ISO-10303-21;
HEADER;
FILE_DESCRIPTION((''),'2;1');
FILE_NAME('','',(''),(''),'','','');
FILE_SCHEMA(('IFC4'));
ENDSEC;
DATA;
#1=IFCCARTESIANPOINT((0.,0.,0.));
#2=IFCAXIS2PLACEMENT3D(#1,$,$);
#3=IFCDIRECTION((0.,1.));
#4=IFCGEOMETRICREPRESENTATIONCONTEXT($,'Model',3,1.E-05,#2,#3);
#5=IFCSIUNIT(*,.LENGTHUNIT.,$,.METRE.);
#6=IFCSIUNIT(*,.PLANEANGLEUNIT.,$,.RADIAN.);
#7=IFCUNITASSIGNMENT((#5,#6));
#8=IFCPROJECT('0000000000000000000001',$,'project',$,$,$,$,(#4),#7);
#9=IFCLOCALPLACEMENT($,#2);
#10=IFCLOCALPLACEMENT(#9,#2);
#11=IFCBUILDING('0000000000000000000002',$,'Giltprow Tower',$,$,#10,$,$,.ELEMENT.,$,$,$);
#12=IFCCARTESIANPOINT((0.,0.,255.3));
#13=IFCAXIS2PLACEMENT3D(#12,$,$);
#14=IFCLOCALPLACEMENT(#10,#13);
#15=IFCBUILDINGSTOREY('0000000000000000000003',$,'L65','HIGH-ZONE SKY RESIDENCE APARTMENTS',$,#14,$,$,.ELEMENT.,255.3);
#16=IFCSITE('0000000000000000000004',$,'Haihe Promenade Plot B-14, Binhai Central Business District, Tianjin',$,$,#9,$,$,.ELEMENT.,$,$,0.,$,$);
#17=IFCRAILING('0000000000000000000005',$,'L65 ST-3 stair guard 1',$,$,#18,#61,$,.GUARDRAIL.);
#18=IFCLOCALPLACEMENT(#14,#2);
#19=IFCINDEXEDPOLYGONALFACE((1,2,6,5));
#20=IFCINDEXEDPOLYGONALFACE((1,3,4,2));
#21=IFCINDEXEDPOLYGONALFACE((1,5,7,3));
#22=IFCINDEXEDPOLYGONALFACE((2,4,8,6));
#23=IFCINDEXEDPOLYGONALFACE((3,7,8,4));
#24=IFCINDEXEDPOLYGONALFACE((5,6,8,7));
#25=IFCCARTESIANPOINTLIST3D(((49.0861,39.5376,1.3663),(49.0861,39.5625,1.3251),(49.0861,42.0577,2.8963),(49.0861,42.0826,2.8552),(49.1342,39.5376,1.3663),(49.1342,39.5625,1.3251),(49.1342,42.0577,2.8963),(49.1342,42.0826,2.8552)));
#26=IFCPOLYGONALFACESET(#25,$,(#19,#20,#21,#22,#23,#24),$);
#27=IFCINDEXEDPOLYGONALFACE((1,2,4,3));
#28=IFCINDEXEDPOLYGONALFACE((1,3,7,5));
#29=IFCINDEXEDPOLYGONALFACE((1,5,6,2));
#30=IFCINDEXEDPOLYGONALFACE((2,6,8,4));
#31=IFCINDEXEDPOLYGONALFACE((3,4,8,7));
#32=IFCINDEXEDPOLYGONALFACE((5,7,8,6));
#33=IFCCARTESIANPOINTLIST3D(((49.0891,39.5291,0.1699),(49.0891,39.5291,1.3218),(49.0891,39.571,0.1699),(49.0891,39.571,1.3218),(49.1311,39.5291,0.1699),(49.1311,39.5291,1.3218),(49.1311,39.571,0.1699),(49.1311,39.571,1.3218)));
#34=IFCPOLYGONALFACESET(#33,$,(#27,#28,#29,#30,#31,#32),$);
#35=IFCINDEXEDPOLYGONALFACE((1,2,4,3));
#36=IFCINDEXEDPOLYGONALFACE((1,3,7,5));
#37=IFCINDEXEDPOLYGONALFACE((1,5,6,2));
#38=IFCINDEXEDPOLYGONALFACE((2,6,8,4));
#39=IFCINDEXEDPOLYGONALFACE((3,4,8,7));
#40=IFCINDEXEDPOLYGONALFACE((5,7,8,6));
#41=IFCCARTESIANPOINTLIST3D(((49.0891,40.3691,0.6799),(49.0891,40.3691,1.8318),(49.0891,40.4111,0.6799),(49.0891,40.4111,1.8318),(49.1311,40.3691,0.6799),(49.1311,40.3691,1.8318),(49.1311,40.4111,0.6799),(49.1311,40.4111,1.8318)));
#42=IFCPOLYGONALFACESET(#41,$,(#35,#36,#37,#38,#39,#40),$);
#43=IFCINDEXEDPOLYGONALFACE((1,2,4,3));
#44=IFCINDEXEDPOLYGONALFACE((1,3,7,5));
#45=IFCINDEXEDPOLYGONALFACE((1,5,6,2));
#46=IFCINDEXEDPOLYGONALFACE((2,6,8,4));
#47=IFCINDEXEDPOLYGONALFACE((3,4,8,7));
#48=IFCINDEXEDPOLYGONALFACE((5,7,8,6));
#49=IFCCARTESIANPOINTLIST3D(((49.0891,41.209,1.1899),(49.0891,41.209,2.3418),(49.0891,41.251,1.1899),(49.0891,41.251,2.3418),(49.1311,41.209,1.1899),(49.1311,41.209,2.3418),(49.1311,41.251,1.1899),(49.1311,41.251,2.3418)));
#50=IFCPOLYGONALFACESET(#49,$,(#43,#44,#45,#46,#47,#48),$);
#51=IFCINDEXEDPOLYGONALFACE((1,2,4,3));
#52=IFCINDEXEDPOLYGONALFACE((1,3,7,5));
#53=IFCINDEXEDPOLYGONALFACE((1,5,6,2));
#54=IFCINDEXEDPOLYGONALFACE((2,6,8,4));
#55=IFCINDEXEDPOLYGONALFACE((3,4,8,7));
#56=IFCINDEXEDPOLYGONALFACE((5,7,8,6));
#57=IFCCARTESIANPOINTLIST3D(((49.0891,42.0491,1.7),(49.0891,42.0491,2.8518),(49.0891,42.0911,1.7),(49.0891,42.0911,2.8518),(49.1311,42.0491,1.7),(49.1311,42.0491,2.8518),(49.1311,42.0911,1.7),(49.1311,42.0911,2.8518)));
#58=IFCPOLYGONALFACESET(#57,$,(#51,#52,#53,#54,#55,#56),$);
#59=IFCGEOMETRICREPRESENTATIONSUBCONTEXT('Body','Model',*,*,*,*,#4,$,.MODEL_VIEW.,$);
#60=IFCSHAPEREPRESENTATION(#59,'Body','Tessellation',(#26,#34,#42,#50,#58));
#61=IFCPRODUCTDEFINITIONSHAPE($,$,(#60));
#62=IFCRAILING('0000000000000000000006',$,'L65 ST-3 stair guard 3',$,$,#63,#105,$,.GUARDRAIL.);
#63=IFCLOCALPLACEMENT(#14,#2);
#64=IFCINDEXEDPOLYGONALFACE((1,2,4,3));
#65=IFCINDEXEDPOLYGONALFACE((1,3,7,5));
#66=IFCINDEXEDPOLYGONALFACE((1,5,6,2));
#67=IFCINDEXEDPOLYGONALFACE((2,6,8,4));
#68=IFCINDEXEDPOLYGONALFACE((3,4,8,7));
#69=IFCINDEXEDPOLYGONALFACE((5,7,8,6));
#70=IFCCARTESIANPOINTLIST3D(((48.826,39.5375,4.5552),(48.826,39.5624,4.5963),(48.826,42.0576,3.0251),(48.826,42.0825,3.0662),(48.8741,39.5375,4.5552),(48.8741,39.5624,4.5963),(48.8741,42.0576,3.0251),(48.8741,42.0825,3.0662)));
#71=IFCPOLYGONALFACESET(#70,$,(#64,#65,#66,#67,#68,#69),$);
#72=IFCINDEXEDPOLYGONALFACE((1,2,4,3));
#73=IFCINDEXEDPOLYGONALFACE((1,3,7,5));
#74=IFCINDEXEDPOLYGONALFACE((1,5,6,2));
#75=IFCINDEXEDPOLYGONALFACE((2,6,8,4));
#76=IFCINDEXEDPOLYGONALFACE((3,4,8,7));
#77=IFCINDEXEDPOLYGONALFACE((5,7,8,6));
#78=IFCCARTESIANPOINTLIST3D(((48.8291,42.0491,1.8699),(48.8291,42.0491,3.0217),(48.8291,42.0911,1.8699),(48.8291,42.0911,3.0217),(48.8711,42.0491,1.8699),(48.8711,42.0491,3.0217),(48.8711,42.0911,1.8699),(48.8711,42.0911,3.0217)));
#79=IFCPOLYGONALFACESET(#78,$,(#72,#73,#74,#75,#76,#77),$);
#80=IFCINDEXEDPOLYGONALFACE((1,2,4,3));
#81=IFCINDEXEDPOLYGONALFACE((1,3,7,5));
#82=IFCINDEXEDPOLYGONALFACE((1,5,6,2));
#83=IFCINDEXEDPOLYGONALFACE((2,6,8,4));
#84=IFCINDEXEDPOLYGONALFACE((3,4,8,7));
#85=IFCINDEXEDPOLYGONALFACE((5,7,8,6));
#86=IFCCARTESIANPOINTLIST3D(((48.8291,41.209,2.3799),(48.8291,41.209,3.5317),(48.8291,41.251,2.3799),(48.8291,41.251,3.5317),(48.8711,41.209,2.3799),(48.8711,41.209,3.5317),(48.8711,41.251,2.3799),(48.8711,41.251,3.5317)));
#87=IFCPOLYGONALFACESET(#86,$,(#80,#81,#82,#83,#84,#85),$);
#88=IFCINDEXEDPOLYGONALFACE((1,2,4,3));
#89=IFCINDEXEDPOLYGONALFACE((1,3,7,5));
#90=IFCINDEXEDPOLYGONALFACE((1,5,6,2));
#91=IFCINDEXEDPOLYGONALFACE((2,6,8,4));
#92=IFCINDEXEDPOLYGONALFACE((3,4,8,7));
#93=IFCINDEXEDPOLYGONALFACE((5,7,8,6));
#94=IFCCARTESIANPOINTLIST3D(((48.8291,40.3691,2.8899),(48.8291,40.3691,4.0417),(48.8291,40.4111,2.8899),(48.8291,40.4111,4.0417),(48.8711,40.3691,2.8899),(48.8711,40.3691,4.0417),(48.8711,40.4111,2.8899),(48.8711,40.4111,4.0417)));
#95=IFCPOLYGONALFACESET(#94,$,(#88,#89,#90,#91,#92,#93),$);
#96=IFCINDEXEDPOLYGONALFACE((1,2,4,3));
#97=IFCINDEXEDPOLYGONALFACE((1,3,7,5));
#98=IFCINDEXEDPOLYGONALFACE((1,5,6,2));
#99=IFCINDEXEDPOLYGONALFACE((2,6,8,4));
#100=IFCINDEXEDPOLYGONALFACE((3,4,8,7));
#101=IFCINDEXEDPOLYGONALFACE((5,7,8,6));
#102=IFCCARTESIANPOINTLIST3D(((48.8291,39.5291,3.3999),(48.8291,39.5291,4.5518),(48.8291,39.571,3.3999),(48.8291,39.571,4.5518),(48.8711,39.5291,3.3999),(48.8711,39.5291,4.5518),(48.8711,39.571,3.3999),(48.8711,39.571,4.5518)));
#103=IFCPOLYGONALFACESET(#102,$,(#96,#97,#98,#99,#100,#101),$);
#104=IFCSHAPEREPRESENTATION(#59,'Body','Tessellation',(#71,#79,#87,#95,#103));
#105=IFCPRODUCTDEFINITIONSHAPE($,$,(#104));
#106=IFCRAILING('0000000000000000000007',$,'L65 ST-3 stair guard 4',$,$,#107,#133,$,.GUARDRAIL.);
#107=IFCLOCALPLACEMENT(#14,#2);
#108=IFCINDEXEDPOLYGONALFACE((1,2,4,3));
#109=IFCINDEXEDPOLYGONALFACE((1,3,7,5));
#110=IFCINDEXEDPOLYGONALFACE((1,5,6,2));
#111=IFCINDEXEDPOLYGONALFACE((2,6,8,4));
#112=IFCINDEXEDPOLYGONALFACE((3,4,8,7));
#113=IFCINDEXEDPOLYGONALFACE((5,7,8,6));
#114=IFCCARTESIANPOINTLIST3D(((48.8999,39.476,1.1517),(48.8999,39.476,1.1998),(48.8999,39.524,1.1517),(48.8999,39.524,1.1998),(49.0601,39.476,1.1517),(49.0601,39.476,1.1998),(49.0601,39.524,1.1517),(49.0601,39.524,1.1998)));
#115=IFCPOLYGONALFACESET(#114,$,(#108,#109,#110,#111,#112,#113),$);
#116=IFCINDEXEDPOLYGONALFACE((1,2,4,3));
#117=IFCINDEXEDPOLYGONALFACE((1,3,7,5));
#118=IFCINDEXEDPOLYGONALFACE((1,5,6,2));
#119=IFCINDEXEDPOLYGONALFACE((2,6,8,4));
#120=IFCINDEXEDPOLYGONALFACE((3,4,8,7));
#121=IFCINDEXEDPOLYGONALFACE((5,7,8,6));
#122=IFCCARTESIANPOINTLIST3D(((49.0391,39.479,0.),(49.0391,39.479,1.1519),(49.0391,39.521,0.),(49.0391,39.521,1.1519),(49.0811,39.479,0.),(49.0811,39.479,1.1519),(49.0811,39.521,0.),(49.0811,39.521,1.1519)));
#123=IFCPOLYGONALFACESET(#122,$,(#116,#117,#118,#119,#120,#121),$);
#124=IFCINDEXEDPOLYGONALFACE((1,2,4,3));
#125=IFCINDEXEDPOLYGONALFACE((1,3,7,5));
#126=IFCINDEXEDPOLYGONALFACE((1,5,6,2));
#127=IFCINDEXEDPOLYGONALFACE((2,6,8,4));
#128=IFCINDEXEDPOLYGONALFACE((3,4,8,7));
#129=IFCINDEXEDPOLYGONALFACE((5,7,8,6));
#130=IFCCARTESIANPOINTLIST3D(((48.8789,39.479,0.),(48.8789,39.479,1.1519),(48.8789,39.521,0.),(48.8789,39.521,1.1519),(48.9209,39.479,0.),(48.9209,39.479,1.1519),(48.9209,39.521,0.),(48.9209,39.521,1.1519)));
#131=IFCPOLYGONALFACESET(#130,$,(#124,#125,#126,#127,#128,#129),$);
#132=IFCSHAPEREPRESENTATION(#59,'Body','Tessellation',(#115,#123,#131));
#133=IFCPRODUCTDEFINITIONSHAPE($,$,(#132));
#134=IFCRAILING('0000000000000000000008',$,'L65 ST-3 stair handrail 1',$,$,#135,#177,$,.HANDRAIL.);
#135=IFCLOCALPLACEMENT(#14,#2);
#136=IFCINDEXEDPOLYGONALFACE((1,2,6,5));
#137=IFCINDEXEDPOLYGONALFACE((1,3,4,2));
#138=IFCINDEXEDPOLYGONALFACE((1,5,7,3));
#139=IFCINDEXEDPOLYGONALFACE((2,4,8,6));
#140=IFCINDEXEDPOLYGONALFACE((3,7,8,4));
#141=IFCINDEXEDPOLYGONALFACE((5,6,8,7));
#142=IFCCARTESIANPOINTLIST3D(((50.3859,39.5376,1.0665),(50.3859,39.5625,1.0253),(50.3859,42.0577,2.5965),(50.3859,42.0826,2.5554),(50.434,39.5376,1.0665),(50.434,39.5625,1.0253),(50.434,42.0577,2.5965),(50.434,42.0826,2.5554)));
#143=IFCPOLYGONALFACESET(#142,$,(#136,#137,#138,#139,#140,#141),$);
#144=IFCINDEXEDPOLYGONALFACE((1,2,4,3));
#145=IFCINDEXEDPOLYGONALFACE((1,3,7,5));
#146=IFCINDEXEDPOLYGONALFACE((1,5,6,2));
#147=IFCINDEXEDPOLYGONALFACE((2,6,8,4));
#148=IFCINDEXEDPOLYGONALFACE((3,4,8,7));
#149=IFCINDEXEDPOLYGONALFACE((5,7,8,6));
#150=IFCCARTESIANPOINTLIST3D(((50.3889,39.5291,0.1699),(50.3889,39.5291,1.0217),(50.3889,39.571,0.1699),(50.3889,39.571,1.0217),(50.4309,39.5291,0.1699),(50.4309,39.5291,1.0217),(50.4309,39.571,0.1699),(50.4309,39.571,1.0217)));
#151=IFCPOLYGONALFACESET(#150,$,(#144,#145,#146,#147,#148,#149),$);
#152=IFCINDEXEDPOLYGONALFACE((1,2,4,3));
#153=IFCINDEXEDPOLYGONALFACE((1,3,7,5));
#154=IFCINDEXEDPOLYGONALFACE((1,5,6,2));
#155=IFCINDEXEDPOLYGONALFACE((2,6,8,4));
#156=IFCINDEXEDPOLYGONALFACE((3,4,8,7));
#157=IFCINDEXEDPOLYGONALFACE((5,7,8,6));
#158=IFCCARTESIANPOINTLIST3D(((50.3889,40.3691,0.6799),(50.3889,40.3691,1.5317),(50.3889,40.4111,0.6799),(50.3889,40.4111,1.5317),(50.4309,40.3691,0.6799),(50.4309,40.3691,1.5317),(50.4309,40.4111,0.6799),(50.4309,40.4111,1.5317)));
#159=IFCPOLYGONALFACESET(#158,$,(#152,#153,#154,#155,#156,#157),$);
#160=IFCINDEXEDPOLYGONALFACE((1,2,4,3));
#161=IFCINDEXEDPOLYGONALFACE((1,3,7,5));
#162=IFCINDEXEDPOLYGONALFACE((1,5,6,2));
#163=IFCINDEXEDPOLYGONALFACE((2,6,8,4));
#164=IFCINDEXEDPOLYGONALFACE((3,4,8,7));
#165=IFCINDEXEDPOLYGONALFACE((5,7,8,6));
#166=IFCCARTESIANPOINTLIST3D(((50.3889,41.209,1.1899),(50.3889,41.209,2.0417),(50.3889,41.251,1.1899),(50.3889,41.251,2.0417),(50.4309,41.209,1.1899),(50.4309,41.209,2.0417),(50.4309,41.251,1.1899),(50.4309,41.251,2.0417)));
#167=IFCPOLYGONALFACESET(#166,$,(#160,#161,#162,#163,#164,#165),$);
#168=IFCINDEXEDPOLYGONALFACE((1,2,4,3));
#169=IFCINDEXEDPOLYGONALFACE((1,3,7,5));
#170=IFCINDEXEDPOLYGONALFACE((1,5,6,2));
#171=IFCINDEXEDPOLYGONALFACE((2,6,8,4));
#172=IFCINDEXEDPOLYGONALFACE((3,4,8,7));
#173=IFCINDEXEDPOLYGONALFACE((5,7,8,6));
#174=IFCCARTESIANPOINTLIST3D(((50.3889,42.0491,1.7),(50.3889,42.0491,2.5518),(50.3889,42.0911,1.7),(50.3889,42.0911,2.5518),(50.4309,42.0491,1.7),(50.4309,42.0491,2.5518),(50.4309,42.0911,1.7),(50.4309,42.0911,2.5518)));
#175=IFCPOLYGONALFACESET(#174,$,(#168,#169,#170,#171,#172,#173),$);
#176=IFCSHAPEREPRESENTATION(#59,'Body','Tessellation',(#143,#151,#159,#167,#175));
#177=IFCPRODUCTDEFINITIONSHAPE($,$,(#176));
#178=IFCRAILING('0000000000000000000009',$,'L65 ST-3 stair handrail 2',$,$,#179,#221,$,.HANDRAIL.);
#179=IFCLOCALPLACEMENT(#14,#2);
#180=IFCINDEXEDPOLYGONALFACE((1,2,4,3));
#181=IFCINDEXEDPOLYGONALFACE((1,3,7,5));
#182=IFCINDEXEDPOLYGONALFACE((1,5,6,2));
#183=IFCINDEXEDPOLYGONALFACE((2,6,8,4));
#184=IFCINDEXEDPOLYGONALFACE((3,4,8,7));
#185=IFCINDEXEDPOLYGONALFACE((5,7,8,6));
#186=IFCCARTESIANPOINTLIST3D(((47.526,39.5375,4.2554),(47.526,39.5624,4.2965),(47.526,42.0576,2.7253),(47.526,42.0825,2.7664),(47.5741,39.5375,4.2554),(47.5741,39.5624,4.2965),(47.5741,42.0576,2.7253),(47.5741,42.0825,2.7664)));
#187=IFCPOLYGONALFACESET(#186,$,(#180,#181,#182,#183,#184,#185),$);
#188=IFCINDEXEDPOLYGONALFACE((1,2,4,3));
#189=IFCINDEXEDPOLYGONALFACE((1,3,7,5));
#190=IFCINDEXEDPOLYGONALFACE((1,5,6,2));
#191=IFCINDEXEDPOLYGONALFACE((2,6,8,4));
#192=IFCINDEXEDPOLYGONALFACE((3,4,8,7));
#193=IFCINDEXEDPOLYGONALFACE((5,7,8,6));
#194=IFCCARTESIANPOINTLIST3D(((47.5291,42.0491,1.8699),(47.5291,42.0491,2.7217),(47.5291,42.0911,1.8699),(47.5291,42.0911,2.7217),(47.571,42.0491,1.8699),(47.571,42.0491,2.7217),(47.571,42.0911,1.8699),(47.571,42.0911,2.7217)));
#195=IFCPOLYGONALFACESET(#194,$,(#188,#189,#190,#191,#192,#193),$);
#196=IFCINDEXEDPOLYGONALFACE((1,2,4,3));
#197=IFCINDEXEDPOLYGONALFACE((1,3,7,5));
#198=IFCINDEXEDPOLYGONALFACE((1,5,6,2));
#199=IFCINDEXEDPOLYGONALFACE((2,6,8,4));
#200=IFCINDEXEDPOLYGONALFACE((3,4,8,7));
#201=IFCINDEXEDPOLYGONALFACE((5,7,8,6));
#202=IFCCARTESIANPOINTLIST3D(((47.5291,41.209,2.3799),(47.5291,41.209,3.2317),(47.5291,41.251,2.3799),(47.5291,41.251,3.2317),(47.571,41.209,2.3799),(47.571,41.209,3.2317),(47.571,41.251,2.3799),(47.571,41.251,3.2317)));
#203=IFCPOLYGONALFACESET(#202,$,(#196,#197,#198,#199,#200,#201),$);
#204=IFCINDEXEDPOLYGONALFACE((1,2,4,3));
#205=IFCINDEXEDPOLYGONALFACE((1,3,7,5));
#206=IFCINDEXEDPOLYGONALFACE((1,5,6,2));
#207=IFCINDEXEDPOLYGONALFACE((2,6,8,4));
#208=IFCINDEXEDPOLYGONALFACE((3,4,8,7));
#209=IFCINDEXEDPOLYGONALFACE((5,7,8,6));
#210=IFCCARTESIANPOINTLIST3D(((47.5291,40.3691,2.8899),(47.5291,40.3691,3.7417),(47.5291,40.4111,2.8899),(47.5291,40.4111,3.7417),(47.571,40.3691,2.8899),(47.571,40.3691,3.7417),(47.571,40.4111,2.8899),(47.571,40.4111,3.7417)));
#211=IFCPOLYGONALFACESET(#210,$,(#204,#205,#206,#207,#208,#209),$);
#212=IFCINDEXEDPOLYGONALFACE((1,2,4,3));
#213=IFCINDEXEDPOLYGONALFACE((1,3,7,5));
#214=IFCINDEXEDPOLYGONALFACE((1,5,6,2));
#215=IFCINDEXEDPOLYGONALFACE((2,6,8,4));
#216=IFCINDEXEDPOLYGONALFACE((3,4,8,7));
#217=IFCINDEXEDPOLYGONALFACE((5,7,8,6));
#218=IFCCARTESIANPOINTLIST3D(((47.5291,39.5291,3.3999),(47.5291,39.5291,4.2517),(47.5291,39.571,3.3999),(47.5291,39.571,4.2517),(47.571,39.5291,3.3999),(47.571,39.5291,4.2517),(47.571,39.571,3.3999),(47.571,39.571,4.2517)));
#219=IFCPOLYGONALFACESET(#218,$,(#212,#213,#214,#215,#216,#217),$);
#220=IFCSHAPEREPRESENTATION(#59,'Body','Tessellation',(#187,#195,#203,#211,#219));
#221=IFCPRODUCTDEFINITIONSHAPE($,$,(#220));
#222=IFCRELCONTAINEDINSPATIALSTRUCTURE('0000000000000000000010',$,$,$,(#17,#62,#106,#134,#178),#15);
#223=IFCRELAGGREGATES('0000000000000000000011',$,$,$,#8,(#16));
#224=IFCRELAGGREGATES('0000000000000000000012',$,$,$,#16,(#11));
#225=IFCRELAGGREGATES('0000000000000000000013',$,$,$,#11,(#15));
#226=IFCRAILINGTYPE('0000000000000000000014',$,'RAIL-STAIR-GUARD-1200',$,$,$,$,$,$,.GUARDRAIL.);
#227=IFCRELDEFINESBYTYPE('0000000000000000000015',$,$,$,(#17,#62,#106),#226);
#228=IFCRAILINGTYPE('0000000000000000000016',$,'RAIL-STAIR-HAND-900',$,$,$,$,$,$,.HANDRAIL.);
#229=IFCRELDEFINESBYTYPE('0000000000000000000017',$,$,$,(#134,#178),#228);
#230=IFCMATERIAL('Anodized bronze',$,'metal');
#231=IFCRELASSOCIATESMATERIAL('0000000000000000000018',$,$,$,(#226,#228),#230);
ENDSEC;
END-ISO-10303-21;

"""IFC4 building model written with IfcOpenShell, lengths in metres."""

from ifc_helpers import new_model, si_unit, direction, frame, origin, origin_2d, place, context, subcontext, project, spatial, rectangle, extrude, material, type_object, element, save


model = new_model("IFC4")

# Units and contexts
model_context = context("Model", 3, precision=1e-05, world=origin(), true_north=direction((0.0, 1.0)))
body_context = subcontext(model_context, "Body", "Model", "MODEL_VIEW")
ifc_project = project(units=[si_unit("LENGTHUNIT", "METRE"), si_unit("PLANEANGLEUNIT", "RADIAN")], contexts=[model_context])

# Site, building, storey
site_placement = place(None, origin())
site = spatial("IfcSite", under=ifc_project, at=site_placement, Name="Haihe Promenade Plot B-14, Binhai Central Business District, Tianjin", CompositionType="ELEMENT", RefElevation=0.0)
building_placement = place(site_placement, origin())
building = spatial("IfcBuilding", under=site, at=building_placement, Name="Giltprow Tower", CompositionType="ELEMENT")
storey_placement = place(building_placement, frame((0.0, 0.0, 255.3)))
storey = spatial("IfcBuildingStorey", under=building, at=storey_placement, Name="L65", Description="HIGH-ZONE SKY RESIDENCE APARTMENTS", CompositionType="ELEMENT", Elevation=255.3)

# Railings
ifc_material_1 = material(Name="Anodized bronze", Category="metal")
railing_type_1 = type_object("IfcRailingType", Name="RAIL-STAIR-GUARD-1200", PredefinedType="GUARDRAIL", material=ifc_material_1)
railing_1_placement = place(storey_placement, frame((49.1101, 39.55, 0.1699)))
element("IfcRailing", 1, at=railing_1_placement, inside=storey, type_object=railing_type_1, Name="L65 ST-3 stair guard 1", PredefinedType="GUARDRAIL", context=body_context, shape_type="SweptSolid", body=[
    extrude(rectangle(XDim=0.0481, YDim=0.0481, at=origin_2d()), frame((0.0, 0.0, 1.1758), z_axis=(0.0, 0.854785, 0.518982), x_axis=(-1.0, 0.0, 0.0)), (0.0, 0.0, 1.0), 2.9482),
    extrude(rectangle(XDim=0.042, YDim=0.042, at=origin_2d()), origin(), (0.0, 0.0, 1.0), 1.1519),
    extrude(rectangle(XDim=0.042, YDim=0.042, at=origin_2d()), frame((0.0, 0.8401, 0.51)), (0.0, 0.0, 1.0), 1.1519),
    extrude(rectangle(XDim=0.042, YDim=0.042, at=origin_2d()), frame((0.0, 1.6799, 1.02)), (0.0, 0.0, 1.0), 1.1519),
    extrude(rectangle(XDim=0.042, YDim=0.042, at=origin_2d()), frame((0.0, 2.52, 1.53)), (0.0, 0.0, 1.0), 1.1519),
])
railing_2_placement = place(storey_placement, frame((48.8501, 42.0701, 1.8699)))
element("IfcRailing", 2, at=railing_2_placement, inside=storey, type_object=railing_type_1, Name="L65 ST-3 stair guard 3", PredefinedType="GUARDRAIL", context=body_context, shape_type="SweptSolid", body=[
    extrude(rectangle(XDim=0.0481, YDim=0.0481, at=origin_2d()), frame((0.0, 0.0, 1.1758), z_axis=(0.0, -0.854785, 0.518982), x_axis=(1.0, 0.0, 0.0)), (0.0, 0.0, 1.0), 2.9482),
    extrude(rectangle(XDim=0.042, YDim=0.042, at=origin_2d()), origin(), (0.0, 0.0, 1.0), 1.1519),
    extrude(rectangle(XDim=0.042, YDim=0.042, at=origin_2d()), frame((0.0, -0.8401, 0.51)), (0.0, 0.0, 1.0), 1.1519),
    extrude(rectangle(XDim=0.042, YDim=0.042, at=origin_2d()), frame((0.0, -1.6799, 1.02)), (0.0, 0.0, 1.0), 1.1519),
    extrude(rectangle(XDim=0.042, YDim=0.042, at=origin_2d()), frame((0.0, -2.52, 1.53)), (0.0, 0.0, 1.0), 1.1519),
])
railing_3_placement = place(storey_placement, frame((49.0601, 39.5, 0.0)))
element("IfcRailing", 3, at=railing_3_placement, inside=storey, type_object=railing_type_1, Name="L65 ST-3 stair guard 4", PredefinedType="GUARDRAIL", context=body_context, shape_type="SweptSolid", body=[
    extrude(rectangle(XDim=0.0481, YDim=0.0481, at=origin_2d()), frame((0.0, 0.0, 1.1758), z_axis=(-1.0, 0.0, 0.0), x_axis=(0.0, -1.0, 0.0)), (0.0, 0.0, 1.0), 0.1602),
    extrude(rectangle(XDim=0.042, YDim=0.042, at=origin_2d()), origin(), (0.0, 0.0, 1.0), 1.1519),
    extrude(rectangle(XDim=0.042, YDim=0.042, at=origin_2d()), frame((-0.1602, 0.0, 0.0)), (0.0, 0.0, 1.0), 1.1519),
])
railing_type_2 = type_object("IfcRailingType", Name="RAIL-STAIR-HAND-900", PredefinedType="HANDRAIL", material=ifc_material_1)
railing_4_placement = place(storey_placement, frame((50.4099, 39.55, 0.1699)))
element("IfcRailing", 4, at=railing_4_placement, inside=storey, type_object=railing_type_2, Name="L65 ST-3 stair handrail 1", PredefinedType="HANDRAIL", context=body_context, shape_type="SweptSolid", body=[
    extrude(rectangle(XDim=0.0481, YDim=0.0481, at=origin_2d()), frame((0.0, 0.0, 0.876), z_axis=(0.0, 0.854785, 0.518982), x_axis=(-1.0, 0.0, 0.0)), (0.0, 0.0, 1.0), 2.9482),
    extrude(rectangle(XDim=0.042, YDim=0.042, at=origin_2d()), origin(), (0.0, 0.0, 1.0), 0.8518),
    extrude(rectangle(XDim=0.042, YDim=0.042, at=origin_2d()), frame((0.0, 0.8401, 0.51)), (0.0, 0.0, 1.0), 0.8518),
    extrude(rectangle(XDim=0.042, YDim=0.042, at=origin_2d()), frame((0.0, 1.6799, 1.02)), (0.0, 0.0, 1.0), 0.8518),
    extrude(rectangle(XDim=0.042, YDim=0.042, at=origin_2d()), frame((0.0, 2.52, 1.53)), (0.0, 0.0, 1.0), 0.8518),
])
railing_5_placement = place(storey_placement, frame((47.55, 42.0701, 1.8699)))
element("IfcRailing", 5, at=railing_5_placement, inside=storey, type_object=railing_type_2, Name="L65 ST-3 stair handrail 2", PredefinedType="HANDRAIL", context=body_context, shape_type="SweptSolid", body=[
    extrude(rectangle(XDim=0.0481, YDim=0.0481, at=origin_2d()), frame((0.0, 0.0, 0.876), z_axis=(0.0, -0.854785, 0.518982), x_axis=(1.0, 0.0, 0.0)), (0.0, 0.0, 1.0), 2.9482),
    extrude(rectangle(XDim=0.042, YDim=0.042, at=origin_2d()), origin(), (0.0, 0.0, 1.0), 0.8518),
    extrude(rectangle(XDim=0.042, YDim=0.042, at=origin_2d()), frame((0.0, -0.8401, 0.51)), (0.0, 0.0, 1.0), 0.8518),
    extrude(rectangle(XDim=0.042, YDim=0.042, at=origin_2d()), frame((0.0, -1.6799, 1.02)), (0.0, 0.0, 1.0), 0.8518),
    extrude(rectangle(XDim=0.042, YDim=0.042, at=origin_2d()), frame((0.0, -2.52, 1.53)), (0.0, 0.0, 1.0), 0.8518),
])

save(model, "model.ifc")
